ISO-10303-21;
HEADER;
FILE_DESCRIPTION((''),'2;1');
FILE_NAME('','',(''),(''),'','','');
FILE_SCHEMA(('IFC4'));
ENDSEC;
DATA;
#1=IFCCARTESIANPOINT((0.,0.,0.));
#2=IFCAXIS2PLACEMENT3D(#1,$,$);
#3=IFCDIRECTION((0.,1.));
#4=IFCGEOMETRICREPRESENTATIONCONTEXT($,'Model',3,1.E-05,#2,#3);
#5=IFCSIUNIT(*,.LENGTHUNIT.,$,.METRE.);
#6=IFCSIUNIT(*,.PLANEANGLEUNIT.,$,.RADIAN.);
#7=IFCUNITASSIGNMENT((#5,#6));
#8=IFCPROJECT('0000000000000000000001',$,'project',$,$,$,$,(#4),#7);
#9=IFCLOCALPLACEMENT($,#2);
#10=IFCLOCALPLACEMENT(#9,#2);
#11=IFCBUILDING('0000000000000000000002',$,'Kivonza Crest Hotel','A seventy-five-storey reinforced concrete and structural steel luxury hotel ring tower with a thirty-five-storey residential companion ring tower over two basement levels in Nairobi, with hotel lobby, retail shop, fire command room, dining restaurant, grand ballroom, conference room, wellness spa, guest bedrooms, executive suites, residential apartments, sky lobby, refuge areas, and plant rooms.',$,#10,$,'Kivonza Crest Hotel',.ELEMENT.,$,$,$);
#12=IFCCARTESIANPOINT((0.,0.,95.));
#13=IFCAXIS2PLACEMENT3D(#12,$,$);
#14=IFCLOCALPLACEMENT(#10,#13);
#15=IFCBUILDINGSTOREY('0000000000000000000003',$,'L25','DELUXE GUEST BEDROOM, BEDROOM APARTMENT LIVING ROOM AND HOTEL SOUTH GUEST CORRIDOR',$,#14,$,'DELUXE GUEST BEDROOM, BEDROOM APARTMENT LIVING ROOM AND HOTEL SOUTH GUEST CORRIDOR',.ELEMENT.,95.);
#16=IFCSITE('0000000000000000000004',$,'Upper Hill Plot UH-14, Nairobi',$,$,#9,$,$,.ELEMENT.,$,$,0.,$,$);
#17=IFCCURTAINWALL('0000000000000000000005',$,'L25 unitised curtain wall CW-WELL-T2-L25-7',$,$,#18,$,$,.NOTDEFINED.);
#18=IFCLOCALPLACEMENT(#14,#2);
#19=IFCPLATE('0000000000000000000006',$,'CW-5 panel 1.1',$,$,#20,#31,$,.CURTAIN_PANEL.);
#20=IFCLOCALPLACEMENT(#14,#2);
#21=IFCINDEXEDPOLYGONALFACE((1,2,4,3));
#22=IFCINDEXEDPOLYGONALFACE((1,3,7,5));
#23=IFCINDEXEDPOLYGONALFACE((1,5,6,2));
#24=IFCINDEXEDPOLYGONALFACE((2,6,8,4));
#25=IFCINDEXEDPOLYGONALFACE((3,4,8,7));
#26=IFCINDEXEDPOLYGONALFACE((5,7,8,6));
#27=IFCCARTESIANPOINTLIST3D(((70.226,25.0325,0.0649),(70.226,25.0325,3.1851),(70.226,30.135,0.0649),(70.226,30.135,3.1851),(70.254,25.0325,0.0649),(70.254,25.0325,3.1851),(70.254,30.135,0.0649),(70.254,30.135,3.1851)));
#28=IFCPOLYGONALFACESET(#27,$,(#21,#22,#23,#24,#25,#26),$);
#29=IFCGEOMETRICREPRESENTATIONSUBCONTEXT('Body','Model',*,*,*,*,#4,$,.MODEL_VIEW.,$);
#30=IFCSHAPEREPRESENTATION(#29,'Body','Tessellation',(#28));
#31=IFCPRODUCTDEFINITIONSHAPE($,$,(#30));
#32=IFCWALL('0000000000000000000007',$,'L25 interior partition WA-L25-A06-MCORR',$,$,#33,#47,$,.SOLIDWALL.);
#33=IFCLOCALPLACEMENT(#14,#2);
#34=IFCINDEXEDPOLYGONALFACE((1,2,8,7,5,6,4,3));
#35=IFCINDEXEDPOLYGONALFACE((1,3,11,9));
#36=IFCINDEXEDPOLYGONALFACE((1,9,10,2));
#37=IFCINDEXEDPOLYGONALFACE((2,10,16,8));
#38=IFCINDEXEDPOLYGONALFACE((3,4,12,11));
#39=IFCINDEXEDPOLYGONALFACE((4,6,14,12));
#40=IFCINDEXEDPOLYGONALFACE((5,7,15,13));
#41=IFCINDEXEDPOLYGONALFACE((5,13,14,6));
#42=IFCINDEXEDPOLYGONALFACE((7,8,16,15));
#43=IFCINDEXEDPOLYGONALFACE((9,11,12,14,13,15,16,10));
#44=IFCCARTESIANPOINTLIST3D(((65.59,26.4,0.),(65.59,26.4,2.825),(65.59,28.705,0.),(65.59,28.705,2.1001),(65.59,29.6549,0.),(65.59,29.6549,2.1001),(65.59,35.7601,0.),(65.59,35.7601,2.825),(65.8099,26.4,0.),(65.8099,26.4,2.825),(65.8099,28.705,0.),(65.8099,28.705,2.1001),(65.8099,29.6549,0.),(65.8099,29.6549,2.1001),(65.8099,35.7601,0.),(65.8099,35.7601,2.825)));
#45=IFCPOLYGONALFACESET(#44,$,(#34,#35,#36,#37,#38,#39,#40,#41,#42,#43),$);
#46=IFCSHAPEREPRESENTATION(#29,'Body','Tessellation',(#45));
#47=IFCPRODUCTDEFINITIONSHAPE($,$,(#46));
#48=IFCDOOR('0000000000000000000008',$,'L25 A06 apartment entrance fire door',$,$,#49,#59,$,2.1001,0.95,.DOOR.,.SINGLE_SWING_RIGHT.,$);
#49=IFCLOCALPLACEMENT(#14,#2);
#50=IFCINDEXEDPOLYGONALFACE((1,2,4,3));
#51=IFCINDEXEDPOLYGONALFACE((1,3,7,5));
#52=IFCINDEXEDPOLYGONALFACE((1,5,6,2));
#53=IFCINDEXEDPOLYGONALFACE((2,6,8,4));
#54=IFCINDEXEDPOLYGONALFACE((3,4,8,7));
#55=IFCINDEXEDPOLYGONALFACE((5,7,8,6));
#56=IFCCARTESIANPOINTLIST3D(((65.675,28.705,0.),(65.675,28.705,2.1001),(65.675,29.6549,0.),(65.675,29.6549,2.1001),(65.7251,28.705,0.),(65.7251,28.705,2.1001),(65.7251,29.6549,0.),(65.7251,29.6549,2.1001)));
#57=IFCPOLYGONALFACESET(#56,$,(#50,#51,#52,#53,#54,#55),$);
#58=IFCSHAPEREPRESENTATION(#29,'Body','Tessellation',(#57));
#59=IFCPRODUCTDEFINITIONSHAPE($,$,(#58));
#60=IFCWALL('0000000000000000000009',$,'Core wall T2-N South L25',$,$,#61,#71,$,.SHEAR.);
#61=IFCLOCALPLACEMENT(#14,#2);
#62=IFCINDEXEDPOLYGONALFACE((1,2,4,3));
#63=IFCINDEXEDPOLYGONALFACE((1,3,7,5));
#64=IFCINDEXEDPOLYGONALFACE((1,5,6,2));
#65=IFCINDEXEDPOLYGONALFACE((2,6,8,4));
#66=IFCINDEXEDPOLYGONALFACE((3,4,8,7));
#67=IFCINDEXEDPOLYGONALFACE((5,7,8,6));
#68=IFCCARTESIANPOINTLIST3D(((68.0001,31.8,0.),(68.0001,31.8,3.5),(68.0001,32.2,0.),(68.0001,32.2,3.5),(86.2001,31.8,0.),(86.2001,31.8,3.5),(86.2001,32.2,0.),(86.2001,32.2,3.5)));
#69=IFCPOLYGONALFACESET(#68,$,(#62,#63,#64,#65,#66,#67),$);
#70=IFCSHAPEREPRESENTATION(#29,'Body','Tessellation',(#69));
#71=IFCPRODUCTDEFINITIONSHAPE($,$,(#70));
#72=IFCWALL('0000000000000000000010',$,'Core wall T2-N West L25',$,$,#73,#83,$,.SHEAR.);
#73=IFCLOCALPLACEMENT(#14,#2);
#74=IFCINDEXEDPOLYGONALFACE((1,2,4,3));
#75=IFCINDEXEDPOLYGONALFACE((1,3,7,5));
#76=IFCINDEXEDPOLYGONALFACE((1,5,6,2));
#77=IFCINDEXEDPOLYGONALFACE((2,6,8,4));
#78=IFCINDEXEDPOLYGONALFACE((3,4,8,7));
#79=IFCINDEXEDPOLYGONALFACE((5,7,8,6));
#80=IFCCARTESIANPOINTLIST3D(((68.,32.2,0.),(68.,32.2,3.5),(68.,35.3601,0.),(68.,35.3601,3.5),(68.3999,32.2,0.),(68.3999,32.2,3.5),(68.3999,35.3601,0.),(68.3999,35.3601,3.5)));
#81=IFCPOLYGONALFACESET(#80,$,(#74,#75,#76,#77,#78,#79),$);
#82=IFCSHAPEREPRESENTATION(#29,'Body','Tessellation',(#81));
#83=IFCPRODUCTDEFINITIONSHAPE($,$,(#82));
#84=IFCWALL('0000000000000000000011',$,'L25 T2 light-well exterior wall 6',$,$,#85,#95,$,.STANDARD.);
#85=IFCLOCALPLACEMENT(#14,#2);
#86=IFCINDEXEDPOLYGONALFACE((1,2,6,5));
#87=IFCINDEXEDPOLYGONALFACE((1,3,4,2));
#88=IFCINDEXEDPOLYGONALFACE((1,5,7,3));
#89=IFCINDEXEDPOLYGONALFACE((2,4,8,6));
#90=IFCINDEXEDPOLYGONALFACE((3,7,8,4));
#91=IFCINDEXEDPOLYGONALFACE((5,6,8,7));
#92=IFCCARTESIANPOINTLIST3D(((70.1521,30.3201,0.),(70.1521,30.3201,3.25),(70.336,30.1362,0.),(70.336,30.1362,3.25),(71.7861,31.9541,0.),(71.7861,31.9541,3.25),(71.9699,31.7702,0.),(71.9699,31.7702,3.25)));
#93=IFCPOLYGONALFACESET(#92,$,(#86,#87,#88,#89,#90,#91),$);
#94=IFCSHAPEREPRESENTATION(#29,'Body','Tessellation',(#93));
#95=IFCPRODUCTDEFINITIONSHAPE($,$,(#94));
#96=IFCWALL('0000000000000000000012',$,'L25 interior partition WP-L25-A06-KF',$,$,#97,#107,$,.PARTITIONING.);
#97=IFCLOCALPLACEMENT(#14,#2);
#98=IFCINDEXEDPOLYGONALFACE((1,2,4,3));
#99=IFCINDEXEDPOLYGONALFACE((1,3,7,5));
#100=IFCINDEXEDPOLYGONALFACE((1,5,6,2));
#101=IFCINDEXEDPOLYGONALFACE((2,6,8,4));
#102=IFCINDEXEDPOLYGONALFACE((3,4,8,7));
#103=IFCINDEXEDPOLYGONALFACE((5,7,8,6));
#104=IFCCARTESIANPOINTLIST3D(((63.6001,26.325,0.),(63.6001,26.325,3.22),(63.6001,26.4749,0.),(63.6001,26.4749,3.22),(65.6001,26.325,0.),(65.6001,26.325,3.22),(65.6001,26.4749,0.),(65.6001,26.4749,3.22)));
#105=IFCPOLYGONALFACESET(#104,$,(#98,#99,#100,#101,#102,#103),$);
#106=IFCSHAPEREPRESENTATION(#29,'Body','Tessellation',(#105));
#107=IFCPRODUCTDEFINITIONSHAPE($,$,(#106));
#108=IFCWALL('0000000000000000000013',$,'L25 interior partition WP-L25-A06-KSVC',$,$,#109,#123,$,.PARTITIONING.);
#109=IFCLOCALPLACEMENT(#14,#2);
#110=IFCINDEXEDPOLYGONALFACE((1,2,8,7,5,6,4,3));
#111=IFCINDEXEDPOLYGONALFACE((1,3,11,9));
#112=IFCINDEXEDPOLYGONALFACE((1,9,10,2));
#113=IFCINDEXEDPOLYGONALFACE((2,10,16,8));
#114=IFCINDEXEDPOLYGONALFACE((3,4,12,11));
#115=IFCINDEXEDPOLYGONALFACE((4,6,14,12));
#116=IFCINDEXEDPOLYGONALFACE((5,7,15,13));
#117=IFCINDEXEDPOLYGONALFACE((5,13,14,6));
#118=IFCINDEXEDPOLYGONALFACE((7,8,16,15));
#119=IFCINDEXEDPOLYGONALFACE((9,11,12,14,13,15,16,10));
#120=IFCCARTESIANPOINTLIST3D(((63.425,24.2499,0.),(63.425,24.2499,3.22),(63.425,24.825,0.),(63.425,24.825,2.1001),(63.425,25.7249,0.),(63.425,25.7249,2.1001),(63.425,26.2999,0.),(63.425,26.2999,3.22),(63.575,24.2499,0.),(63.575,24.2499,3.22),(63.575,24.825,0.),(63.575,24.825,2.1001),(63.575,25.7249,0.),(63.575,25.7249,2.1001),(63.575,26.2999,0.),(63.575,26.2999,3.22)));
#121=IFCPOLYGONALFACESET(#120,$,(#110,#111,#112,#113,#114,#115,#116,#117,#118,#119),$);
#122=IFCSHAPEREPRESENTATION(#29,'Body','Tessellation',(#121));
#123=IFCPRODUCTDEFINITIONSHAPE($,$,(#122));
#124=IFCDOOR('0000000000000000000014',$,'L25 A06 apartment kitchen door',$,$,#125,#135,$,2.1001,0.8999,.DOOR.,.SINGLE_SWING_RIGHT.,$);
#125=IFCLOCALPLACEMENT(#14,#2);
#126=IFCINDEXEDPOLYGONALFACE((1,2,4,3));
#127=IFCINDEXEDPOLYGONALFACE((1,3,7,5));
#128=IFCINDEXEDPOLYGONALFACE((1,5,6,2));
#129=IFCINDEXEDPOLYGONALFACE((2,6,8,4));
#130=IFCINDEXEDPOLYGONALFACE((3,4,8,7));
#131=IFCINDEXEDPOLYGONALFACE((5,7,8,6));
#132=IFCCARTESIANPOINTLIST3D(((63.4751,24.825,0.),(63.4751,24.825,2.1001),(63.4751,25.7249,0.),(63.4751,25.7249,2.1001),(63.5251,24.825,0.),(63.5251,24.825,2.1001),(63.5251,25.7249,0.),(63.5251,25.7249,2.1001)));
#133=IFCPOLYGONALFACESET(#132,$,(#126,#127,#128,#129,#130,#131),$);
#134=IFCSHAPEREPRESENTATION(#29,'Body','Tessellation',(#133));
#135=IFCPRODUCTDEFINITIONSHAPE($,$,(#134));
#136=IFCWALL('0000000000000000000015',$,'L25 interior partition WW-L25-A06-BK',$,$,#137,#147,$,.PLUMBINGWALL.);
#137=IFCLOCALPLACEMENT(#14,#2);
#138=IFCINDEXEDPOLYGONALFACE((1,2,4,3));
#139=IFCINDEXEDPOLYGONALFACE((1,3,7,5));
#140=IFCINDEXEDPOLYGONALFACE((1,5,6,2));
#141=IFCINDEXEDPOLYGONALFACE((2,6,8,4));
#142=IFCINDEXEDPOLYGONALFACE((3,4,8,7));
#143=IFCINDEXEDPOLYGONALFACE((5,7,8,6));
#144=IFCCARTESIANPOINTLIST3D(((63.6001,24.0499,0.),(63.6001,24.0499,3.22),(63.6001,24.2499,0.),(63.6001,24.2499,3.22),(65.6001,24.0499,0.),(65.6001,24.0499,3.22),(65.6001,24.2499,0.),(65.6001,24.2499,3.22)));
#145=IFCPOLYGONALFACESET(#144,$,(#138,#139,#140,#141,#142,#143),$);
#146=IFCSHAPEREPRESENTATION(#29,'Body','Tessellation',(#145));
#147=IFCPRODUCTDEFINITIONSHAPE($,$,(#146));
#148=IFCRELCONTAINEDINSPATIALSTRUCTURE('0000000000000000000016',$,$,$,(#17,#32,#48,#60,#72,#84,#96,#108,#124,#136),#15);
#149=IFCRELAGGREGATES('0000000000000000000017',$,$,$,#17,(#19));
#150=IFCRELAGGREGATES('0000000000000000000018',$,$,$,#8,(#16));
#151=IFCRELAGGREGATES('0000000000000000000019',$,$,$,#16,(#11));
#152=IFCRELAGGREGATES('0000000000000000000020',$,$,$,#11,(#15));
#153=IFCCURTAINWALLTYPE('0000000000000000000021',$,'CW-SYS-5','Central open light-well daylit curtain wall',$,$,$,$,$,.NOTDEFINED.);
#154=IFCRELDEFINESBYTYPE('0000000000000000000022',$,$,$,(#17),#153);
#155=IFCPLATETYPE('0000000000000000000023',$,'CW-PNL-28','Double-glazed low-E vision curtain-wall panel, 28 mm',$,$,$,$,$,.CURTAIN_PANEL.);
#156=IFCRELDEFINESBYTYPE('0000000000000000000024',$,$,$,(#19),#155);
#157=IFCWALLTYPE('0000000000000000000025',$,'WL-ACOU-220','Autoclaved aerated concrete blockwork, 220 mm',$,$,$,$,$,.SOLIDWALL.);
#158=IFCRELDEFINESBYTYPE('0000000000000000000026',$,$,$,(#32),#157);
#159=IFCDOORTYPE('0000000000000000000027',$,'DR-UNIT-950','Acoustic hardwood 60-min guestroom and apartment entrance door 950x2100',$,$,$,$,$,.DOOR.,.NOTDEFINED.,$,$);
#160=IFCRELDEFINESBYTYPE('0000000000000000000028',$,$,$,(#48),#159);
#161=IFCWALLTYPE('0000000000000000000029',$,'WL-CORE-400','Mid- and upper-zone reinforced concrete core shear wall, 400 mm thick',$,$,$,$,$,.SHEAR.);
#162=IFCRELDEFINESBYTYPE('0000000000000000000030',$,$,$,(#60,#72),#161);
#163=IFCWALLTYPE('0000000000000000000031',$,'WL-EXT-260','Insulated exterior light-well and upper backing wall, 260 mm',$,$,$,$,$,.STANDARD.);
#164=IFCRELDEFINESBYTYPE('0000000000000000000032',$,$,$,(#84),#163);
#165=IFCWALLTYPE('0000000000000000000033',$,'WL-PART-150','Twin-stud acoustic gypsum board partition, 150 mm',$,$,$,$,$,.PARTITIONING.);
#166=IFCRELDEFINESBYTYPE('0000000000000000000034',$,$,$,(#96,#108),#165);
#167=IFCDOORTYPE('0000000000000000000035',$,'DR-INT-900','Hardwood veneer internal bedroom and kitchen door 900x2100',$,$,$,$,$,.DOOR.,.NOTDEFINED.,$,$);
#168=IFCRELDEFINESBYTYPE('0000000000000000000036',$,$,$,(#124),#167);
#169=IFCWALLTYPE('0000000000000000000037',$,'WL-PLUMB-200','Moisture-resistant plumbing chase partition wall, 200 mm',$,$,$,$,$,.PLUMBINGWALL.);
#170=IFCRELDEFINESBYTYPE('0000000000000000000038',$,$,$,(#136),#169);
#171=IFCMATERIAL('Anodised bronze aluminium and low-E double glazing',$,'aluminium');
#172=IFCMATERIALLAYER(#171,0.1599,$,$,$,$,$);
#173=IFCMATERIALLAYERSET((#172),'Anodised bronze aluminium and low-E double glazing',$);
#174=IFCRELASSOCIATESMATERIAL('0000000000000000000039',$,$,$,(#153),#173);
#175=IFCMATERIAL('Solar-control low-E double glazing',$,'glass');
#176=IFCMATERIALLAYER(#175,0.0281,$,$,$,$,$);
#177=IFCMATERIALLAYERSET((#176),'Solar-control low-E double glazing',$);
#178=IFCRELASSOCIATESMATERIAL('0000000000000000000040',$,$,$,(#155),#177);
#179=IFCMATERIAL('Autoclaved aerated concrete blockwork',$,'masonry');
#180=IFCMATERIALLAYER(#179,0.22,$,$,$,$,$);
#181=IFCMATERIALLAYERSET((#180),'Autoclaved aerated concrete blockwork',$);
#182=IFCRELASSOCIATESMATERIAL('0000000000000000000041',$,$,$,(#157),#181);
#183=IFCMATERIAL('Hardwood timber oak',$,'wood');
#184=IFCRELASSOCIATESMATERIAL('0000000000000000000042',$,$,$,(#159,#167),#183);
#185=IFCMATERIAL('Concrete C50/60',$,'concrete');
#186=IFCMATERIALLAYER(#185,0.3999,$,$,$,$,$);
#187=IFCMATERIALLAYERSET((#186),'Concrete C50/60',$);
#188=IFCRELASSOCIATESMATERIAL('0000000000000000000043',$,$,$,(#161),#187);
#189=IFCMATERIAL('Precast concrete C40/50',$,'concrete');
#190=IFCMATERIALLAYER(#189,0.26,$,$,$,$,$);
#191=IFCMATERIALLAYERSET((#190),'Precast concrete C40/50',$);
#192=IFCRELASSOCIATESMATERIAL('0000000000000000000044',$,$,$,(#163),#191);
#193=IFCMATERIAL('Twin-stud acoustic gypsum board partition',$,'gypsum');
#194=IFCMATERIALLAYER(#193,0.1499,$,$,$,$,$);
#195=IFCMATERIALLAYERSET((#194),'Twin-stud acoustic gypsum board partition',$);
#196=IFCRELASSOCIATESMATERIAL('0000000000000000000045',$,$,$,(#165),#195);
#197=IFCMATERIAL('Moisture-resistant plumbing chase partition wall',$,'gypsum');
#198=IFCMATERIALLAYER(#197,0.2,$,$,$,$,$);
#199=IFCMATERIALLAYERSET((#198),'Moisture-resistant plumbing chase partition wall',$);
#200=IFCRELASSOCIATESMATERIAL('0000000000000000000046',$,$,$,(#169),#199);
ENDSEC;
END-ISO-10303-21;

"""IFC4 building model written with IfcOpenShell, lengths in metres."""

from ifc_helpers import new_model, si_unit, direction, frame, frame_2d, origin, origin_2d, place, context, subcontext, project, spatial, rectangle, extrude, material, layer, layer_set, type_object, element, fill, aggregate, save


model = new_model("IFC4")

# Units and contexts
model_context = context("Model", 3, precision=1e-05, world=origin(), true_north=direction((0.0, 1.0)))
body_context = subcontext(model_context, "Body", "Model", "MODEL_VIEW")
ifc_project = project(units=[si_unit("LENGTHUNIT", "METRE"), si_unit("PLANEANGLEUNIT", "RADIAN")], contexts=[model_context])

# Site, building, storey
site_placement = place(None, origin())
site = spatial("IfcSite", under=ifc_project, at=site_placement, Name="Upper Hill Plot UH-14, Nairobi", CompositionType="ELEMENT", RefElevation=0.0)
building_placement = place(site_placement, origin())
building = spatial("IfcBuilding", under=site, at=building_placement, Name="Kivonza Crest Hotel", Description="A seventy-five-storey reinforced concrete and structural steel luxury hotel ring tower with a thirty-five-storey residential companion ring tower over two basement levels in Nairobi, with hotel lobby, retail shop, fire command room, dining restaurant, grand ballroom, conference room, wellness spa, guest bedrooms, executive suites, residential apartments, sky lobby, refuge areas, and plant rooms.", LongName="Kivonza Crest Hotel", CompositionType="ELEMENT")
storey_placement = place(building_placement, frame((0.0, 0.0, 95.0)))
storey = spatial("IfcBuildingStorey", under=building, at=storey_placement, Name="L25", Description="DELUXE GUEST BEDROOM, BEDROOM APARTMENT LIVING ROOM AND HOTEL SOUTH GUEST CORRIDOR", LongName="DELUXE GUEST BEDROOM, BEDROOM APARTMENT LIVING ROOM AND HOTEL SOUTH GUEST CORRIDOR", CompositionType="ELEMENT", Elevation=95.0)

# Shared definitions
ifc_material_1 = material(Name="Concrete C50/60", Category="concrete")

# Curtain wall, plate
ifc_material_2 = material(Name="Anodised bronze aluminium and low-E double glazing", Category="aluminium")
ifc_layer_1 = layer(ifc_material_2, 0.1599)
ifc_layer_set_1 = layer_set([ifc_layer_1], Name="Anodised bronze aluminium and low-E double glazing")
curtain_wall_type = type_object("IfcCurtainWallType", Name="CW-SYS-5", Description="Central open light-well daylit curtain wall", PredefinedType="NOTDEFINED", material=ifc_layer_set_1)
curtain_wall_placement = place(storey_placement, origin())
curtain_wall = element("IfcCurtainWall", 1, at=curtain_wall_placement, inside=storey, type_object=curtain_wall_type, Name="L25 unitised curtain wall CW-WELL-T2-L25-7", PredefinedType="NOTDEFINED")
ifc_material_3 = material(Name="Solar-control low-E double glazing", Category="glass")
ifc_layer_2 = layer(ifc_material_3, 0.0281)
ifc_layer_set_2 = layer_set([ifc_layer_2], Name="Solar-control low-E double glazing")
plate_type = type_object("IfcPlateType", Name="CW-PNL-28", Description="Double-glazed low-E vision curtain-wall panel, 28 mm", PredefinedType="CURTAIN_PANEL", material=ifc_layer_set_2)
plate_placement = place(storey_placement, frame((70.24, 27.5837, 0.0649), z_axis=(0.0, 0.0, 1.0), x_axis=(0.0, -1.0, 0.0)))
plate = element("IfcPlate", 2, at=plate_placement, type_object=plate_type, Name="CW-5 panel 1.1", PredefinedType="CURTAIN_PANEL", context=body_context, shape_type="SweptSolid", body=[
    extrude(rectangle(XDim=5.1025, YDim=0.0281, at=origin_2d()), origin(), (0.0, 0.0, 1.0), 3.1201),
])
aggregate(curtain_wall, [plate])

# Wall, opening, door
ifc_material_4 = material(Name="Autoclaved aerated concrete blockwork", Category="masonry")
ifc_layer_3 = layer(ifc_material_4, 0.22)
ifc_layer_set_3 = layer_set([ifc_layer_3], Name="Autoclaved aerated concrete blockwork")
wall_type_1 = type_object("IfcWallType", Name="WL-ACOU-220", Description="Autoclaved aerated concrete blockwork, 220 mm", PredefinedType="SOLIDWALL", material=ifc_layer_set_3)
wall_1_placement = place(storey_placement, frame((65.7, 26.3999, 0.0), z_axis=(0.0, 0.0, 1.0), x_axis=(0.0, 1.0, 0.0)))
wall_1 = element("IfcWall", 3, at=wall_1_placement, inside=storey, type_object=wall_type_1, Name="L25 interior partition WA-L25-A06-MCORR", PredefinedType="SOLIDWALL", context=body_context, shape_type="SweptSolid", body=[
    extrude(rectangle(XDim=9.3601, YDim=0.22, at=frame_2d((4.6802, 0.0))), origin(), (0.0, 0.0, 1.0), 2.825),
])
opening_1_placement = place(wall_1_placement, frame((2.3049, 0.0, 0.0)))
opening_1 = element("IfcOpeningElement", 4, at=opening_1_placement, cuts=wall_1, PredefinedType="OPENING", context=body_context, shape_type="SweptSolid", body=[
    extrude(rectangle(XDim=0.95, YDim=2.1001, at=frame_2d((0.4751, 1.05))), frame((0.0, 0.1201, 0.0), z_axis=(0.0, -1.0, 0.0), x_axis=(1.0, 0.0, 0.0)), (0.0, 0.0, 1.0), 0.24),
])
ifc_material_5 = material(Name="Hardwood timber oak", Category="wood")
door_type_1 = type_object("IfcDoorType", Name="DR-UNIT-950", Description="Acoustic hardwood 60-min guestroom and apartment entrance door 950x2100", OperationType="NOTDEFINED", PredefinedType="DOOR", material=ifc_material_5)
door_1_placement = place(opening_1_placement, origin())
door_1 = element("IfcDoor", 5, at=door_1_placement, inside=storey, type_object=door_type_1, Name="L25 A06 apartment entrance fire door", OperationType="SINGLE_SWING_RIGHT", OverallHeight=2.1001, OverallWidth=0.95, PredefinedType="DOOR", context=body_context, shape_type="SweptSolid", body=[
    extrude(rectangle(XDim=0.95, YDim=2.1001, at=frame_2d((0.4751, 1.05))), frame((0.0, 0.0249, 0.0), z_axis=(0.0, -1.0, 0.0), x_axis=(1.0, 0.0, 0.0)), (0.0, 0.0, 1.0), 0.05),
])
fill(opening_1, door_1)

# Walls
ifc_layer_4 = layer(ifc_material_1, 0.3999)
ifc_layer_set_4 = layer_set([ifc_layer_4], Name="Concrete C50/60")
wall_type_2 = type_object("IfcWallType", Name="WL-CORE-400", Description="Mid- and upper-zone reinforced concrete core shear wall, 400 mm thick", PredefinedType="SHEAR", material=ifc_layer_set_4)
wall_2_placement = place(storey_placement, frame((68.0, 32.0, 0.0), z_axis=(0.0, 0.0, 1.0), x_axis=(1.0, 0.0, 0.0)))
element("IfcWall", 6, at=wall_2_placement, inside=storey, type_object=wall_type_2, Name="Core wall T2-N South L25", PredefinedType="SHEAR", context=body_context, shape_type="SweptSolid", body=[
    extrude(rectangle(XDim=18.2, YDim=0.3999, at=frame_2d((9.1001, 0.0))), origin(), (0.0, 0.0, 1.0), 3.5),
])
wall_3_placement = place(storey_placement, frame((68.2, 32.2, 0.0), z_axis=(0.0, 0.0, 1.0), x_axis=(0.0, 1.0, 0.0)))
element("IfcWall", 7, at=wall_3_placement, inside=storey, type_object=wall_type_2, Name="Core wall T2-N West L25", PredefinedType="SHEAR", context=body_context, shape_type="SweptSolid", body=[
    extrude(rectangle(XDim=3.1602, YDim=0.3999, at=frame_2d((1.5801, 0.0))), origin(), (0.0, 0.0, 1.0), 3.5),
])
ifc_material_6 = material(Name="Precast concrete C40/50", Category="concrete")
ifc_layer_5 = layer(ifc_material_6, 0.26)
ifc_layer_set_5 = layer_set([ifc_layer_5], Name="Precast concrete C40/50")
wall_type_3 = type_object("IfcWallType", Name="WL-EXT-260", Description="Insulated exterior light-well and upper backing wall, 260 mm", PredefinedType="STANDARD", material=ifc_layer_set_5)
wall_4_placement = place(storey_placement, frame((71.8779, 31.8621, 0.0), z_axis=(0.0, 0.0, 1.0), x_axis=(-0.707107, -0.707107, 0.0)))
element("IfcWall", 8, at=wall_4_placement, inside=storey, type_object=wall_type_3, Name="L25 T2 light-well exterior wall 6", PredefinedType="STANDARD", context=body_context, shape_type="SweptSolid", body=[
    extrude(rectangle(XDim=2.3108, YDim=0.26, at=frame_2d((1.1553, 0.0))), origin(), (0.0, 0.0, 1.0), 3.25),
])
ifc_material_7 = material(Name="Twin-stud acoustic gypsum board partition", Category="gypsum")
ifc_layer_6 = layer(ifc_material_7, 0.1499)
ifc_layer_set_6 = layer_set([ifc_layer_6], Name="Twin-stud acoustic gypsum board partition")
wall_type_4 = type_object("IfcWallType", Name="WL-PART-150", Description="Twin-stud acoustic gypsum board partition, 150 mm", PredefinedType="PARTITIONING", material=ifc_layer_set_6)
wall_5_placement = place(storey_placement, frame((63.6001, 26.3999, 0.0), z_axis=(0.0, 0.0, 1.0), x_axis=(1.0, 0.0, 0.0)))
element("IfcWall", 9, at=wall_5_placement, inside=storey, type_object=wall_type_4, Name="L25 interior partition WP-L25-A06-KF", PredefinedType="PARTITIONING", context=body_context, shape_type="SweptSolid", body=[
    extrude(rectangle(XDim=2.0, YDim=0.1499, at=frame_2d((1.0, 0.0))), origin(), (0.0, 0.0, 1.0), 3.22),
])

# Wall, opening, door
wall_6_placement = place(storey_placement, frame((63.5, 24.25, 0.0), z_axis=(0.0, 0.0, 1.0), x_axis=(0.0, 1.0, 0.0)))
wall_6 = element("IfcWall", 10, at=wall_6_placement, inside=storey, type_object=wall_type_4, Name="L25 interior partition WP-L25-A06-KSVC", PredefinedType="PARTITIONING", context=body_context, shape_type="SweptSolid", body=[
    extrude(rectangle(XDim=2.05, YDim=0.1499, at=frame_2d((1.0249, 0.0))), origin(), (0.0, 0.0, 1.0), 3.22),
])
opening_2_placement = place(wall_6_placement, frame((0.575, 0.0, 0.0)))
opening_2 = element("IfcOpeningElement", 11, at=opening_2_placement, cuts=wall_6, PredefinedType="OPENING", context=body_context, shape_type="SweptSolid", body=[
    extrude(rectangle(XDim=0.8999, YDim=2.1001, at=frame_2d((0.45, 1.05))), frame((0.0, 0.085, 0.0), z_axis=(0.0, -1.0, 0.0), x_axis=(1.0, 0.0, 0.0)), (0.0, 0.0, 1.0), 0.1699),
])
door_type_2 = type_object("IfcDoorType", Name="DR-INT-900", Description="Hardwood veneer internal bedroom and kitchen door 900x2100", OperationType="NOTDEFINED", PredefinedType="DOOR", material=ifc_material_5)
door_2_placement = place(opening_2_placement, origin())
door_2 = element("IfcDoor", 12, at=door_2_placement, inside=storey, type_object=door_type_2, Name="L25 A06 apartment kitchen door", OperationType="SINGLE_SWING_RIGHT", OverallHeight=2.1001, OverallWidth=0.8999, PredefinedType="DOOR", context=body_context, shape_type="SweptSolid", body=[
    extrude(rectangle(XDim=0.8999, YDim=2.1001, at=frame_2d((0.45, 1.05))), frame((0.0, 0.0249, 0.0), z_axis=(0.0, -1.0, 0.0), x_axis=(1.0, 0.0, 0.0)), (0.0, 0.0, 1.0), 0.05),
])
fill(opening_2, door_2)

# Wall
ifc_material_8 = material(Name="Moisture-resistant plumbing chase partition wall", Category="gypsum")
ifc_layer_7 = layer(ifc_material_8, 0.2)
ifc_layer_set_7 = layer_set([ifc_layer_7], Name="Moisture-resistant plumbing chase partition wall")
wall_type_5 = type_object("IfcWallType", Name="WL-PLUMB-200", Description="Moisture-resistant plumbing chase partition wall, 200 mm", PredefinedType="PLUMBINGWALL", material=ifc_layer_set_7)
wall_7_placement = place(storey_placement, frame((63.6001, 24.1499, 0.0), z_axis=(0.0, 0.0, 1.0), x_axis=(1.0, 0.0, 0.0)))
element("IfcWall", 13, at=wall_7_placement, inside=storey, type_object=wall_type_5, Name="L25 interior partition WW-L25-A06-BK", PredefinedType="PLUMBINGWALL", context=body_context, shape_type="SweptSolid", body=[
    extrude(rectangle(XDim=2.0, YDim=0.2, at=frame_2d((1.0, 0.0))), origin(), (0.0, 0.0, 1.0), 3.22),
])

save(model, "model.ifc")
